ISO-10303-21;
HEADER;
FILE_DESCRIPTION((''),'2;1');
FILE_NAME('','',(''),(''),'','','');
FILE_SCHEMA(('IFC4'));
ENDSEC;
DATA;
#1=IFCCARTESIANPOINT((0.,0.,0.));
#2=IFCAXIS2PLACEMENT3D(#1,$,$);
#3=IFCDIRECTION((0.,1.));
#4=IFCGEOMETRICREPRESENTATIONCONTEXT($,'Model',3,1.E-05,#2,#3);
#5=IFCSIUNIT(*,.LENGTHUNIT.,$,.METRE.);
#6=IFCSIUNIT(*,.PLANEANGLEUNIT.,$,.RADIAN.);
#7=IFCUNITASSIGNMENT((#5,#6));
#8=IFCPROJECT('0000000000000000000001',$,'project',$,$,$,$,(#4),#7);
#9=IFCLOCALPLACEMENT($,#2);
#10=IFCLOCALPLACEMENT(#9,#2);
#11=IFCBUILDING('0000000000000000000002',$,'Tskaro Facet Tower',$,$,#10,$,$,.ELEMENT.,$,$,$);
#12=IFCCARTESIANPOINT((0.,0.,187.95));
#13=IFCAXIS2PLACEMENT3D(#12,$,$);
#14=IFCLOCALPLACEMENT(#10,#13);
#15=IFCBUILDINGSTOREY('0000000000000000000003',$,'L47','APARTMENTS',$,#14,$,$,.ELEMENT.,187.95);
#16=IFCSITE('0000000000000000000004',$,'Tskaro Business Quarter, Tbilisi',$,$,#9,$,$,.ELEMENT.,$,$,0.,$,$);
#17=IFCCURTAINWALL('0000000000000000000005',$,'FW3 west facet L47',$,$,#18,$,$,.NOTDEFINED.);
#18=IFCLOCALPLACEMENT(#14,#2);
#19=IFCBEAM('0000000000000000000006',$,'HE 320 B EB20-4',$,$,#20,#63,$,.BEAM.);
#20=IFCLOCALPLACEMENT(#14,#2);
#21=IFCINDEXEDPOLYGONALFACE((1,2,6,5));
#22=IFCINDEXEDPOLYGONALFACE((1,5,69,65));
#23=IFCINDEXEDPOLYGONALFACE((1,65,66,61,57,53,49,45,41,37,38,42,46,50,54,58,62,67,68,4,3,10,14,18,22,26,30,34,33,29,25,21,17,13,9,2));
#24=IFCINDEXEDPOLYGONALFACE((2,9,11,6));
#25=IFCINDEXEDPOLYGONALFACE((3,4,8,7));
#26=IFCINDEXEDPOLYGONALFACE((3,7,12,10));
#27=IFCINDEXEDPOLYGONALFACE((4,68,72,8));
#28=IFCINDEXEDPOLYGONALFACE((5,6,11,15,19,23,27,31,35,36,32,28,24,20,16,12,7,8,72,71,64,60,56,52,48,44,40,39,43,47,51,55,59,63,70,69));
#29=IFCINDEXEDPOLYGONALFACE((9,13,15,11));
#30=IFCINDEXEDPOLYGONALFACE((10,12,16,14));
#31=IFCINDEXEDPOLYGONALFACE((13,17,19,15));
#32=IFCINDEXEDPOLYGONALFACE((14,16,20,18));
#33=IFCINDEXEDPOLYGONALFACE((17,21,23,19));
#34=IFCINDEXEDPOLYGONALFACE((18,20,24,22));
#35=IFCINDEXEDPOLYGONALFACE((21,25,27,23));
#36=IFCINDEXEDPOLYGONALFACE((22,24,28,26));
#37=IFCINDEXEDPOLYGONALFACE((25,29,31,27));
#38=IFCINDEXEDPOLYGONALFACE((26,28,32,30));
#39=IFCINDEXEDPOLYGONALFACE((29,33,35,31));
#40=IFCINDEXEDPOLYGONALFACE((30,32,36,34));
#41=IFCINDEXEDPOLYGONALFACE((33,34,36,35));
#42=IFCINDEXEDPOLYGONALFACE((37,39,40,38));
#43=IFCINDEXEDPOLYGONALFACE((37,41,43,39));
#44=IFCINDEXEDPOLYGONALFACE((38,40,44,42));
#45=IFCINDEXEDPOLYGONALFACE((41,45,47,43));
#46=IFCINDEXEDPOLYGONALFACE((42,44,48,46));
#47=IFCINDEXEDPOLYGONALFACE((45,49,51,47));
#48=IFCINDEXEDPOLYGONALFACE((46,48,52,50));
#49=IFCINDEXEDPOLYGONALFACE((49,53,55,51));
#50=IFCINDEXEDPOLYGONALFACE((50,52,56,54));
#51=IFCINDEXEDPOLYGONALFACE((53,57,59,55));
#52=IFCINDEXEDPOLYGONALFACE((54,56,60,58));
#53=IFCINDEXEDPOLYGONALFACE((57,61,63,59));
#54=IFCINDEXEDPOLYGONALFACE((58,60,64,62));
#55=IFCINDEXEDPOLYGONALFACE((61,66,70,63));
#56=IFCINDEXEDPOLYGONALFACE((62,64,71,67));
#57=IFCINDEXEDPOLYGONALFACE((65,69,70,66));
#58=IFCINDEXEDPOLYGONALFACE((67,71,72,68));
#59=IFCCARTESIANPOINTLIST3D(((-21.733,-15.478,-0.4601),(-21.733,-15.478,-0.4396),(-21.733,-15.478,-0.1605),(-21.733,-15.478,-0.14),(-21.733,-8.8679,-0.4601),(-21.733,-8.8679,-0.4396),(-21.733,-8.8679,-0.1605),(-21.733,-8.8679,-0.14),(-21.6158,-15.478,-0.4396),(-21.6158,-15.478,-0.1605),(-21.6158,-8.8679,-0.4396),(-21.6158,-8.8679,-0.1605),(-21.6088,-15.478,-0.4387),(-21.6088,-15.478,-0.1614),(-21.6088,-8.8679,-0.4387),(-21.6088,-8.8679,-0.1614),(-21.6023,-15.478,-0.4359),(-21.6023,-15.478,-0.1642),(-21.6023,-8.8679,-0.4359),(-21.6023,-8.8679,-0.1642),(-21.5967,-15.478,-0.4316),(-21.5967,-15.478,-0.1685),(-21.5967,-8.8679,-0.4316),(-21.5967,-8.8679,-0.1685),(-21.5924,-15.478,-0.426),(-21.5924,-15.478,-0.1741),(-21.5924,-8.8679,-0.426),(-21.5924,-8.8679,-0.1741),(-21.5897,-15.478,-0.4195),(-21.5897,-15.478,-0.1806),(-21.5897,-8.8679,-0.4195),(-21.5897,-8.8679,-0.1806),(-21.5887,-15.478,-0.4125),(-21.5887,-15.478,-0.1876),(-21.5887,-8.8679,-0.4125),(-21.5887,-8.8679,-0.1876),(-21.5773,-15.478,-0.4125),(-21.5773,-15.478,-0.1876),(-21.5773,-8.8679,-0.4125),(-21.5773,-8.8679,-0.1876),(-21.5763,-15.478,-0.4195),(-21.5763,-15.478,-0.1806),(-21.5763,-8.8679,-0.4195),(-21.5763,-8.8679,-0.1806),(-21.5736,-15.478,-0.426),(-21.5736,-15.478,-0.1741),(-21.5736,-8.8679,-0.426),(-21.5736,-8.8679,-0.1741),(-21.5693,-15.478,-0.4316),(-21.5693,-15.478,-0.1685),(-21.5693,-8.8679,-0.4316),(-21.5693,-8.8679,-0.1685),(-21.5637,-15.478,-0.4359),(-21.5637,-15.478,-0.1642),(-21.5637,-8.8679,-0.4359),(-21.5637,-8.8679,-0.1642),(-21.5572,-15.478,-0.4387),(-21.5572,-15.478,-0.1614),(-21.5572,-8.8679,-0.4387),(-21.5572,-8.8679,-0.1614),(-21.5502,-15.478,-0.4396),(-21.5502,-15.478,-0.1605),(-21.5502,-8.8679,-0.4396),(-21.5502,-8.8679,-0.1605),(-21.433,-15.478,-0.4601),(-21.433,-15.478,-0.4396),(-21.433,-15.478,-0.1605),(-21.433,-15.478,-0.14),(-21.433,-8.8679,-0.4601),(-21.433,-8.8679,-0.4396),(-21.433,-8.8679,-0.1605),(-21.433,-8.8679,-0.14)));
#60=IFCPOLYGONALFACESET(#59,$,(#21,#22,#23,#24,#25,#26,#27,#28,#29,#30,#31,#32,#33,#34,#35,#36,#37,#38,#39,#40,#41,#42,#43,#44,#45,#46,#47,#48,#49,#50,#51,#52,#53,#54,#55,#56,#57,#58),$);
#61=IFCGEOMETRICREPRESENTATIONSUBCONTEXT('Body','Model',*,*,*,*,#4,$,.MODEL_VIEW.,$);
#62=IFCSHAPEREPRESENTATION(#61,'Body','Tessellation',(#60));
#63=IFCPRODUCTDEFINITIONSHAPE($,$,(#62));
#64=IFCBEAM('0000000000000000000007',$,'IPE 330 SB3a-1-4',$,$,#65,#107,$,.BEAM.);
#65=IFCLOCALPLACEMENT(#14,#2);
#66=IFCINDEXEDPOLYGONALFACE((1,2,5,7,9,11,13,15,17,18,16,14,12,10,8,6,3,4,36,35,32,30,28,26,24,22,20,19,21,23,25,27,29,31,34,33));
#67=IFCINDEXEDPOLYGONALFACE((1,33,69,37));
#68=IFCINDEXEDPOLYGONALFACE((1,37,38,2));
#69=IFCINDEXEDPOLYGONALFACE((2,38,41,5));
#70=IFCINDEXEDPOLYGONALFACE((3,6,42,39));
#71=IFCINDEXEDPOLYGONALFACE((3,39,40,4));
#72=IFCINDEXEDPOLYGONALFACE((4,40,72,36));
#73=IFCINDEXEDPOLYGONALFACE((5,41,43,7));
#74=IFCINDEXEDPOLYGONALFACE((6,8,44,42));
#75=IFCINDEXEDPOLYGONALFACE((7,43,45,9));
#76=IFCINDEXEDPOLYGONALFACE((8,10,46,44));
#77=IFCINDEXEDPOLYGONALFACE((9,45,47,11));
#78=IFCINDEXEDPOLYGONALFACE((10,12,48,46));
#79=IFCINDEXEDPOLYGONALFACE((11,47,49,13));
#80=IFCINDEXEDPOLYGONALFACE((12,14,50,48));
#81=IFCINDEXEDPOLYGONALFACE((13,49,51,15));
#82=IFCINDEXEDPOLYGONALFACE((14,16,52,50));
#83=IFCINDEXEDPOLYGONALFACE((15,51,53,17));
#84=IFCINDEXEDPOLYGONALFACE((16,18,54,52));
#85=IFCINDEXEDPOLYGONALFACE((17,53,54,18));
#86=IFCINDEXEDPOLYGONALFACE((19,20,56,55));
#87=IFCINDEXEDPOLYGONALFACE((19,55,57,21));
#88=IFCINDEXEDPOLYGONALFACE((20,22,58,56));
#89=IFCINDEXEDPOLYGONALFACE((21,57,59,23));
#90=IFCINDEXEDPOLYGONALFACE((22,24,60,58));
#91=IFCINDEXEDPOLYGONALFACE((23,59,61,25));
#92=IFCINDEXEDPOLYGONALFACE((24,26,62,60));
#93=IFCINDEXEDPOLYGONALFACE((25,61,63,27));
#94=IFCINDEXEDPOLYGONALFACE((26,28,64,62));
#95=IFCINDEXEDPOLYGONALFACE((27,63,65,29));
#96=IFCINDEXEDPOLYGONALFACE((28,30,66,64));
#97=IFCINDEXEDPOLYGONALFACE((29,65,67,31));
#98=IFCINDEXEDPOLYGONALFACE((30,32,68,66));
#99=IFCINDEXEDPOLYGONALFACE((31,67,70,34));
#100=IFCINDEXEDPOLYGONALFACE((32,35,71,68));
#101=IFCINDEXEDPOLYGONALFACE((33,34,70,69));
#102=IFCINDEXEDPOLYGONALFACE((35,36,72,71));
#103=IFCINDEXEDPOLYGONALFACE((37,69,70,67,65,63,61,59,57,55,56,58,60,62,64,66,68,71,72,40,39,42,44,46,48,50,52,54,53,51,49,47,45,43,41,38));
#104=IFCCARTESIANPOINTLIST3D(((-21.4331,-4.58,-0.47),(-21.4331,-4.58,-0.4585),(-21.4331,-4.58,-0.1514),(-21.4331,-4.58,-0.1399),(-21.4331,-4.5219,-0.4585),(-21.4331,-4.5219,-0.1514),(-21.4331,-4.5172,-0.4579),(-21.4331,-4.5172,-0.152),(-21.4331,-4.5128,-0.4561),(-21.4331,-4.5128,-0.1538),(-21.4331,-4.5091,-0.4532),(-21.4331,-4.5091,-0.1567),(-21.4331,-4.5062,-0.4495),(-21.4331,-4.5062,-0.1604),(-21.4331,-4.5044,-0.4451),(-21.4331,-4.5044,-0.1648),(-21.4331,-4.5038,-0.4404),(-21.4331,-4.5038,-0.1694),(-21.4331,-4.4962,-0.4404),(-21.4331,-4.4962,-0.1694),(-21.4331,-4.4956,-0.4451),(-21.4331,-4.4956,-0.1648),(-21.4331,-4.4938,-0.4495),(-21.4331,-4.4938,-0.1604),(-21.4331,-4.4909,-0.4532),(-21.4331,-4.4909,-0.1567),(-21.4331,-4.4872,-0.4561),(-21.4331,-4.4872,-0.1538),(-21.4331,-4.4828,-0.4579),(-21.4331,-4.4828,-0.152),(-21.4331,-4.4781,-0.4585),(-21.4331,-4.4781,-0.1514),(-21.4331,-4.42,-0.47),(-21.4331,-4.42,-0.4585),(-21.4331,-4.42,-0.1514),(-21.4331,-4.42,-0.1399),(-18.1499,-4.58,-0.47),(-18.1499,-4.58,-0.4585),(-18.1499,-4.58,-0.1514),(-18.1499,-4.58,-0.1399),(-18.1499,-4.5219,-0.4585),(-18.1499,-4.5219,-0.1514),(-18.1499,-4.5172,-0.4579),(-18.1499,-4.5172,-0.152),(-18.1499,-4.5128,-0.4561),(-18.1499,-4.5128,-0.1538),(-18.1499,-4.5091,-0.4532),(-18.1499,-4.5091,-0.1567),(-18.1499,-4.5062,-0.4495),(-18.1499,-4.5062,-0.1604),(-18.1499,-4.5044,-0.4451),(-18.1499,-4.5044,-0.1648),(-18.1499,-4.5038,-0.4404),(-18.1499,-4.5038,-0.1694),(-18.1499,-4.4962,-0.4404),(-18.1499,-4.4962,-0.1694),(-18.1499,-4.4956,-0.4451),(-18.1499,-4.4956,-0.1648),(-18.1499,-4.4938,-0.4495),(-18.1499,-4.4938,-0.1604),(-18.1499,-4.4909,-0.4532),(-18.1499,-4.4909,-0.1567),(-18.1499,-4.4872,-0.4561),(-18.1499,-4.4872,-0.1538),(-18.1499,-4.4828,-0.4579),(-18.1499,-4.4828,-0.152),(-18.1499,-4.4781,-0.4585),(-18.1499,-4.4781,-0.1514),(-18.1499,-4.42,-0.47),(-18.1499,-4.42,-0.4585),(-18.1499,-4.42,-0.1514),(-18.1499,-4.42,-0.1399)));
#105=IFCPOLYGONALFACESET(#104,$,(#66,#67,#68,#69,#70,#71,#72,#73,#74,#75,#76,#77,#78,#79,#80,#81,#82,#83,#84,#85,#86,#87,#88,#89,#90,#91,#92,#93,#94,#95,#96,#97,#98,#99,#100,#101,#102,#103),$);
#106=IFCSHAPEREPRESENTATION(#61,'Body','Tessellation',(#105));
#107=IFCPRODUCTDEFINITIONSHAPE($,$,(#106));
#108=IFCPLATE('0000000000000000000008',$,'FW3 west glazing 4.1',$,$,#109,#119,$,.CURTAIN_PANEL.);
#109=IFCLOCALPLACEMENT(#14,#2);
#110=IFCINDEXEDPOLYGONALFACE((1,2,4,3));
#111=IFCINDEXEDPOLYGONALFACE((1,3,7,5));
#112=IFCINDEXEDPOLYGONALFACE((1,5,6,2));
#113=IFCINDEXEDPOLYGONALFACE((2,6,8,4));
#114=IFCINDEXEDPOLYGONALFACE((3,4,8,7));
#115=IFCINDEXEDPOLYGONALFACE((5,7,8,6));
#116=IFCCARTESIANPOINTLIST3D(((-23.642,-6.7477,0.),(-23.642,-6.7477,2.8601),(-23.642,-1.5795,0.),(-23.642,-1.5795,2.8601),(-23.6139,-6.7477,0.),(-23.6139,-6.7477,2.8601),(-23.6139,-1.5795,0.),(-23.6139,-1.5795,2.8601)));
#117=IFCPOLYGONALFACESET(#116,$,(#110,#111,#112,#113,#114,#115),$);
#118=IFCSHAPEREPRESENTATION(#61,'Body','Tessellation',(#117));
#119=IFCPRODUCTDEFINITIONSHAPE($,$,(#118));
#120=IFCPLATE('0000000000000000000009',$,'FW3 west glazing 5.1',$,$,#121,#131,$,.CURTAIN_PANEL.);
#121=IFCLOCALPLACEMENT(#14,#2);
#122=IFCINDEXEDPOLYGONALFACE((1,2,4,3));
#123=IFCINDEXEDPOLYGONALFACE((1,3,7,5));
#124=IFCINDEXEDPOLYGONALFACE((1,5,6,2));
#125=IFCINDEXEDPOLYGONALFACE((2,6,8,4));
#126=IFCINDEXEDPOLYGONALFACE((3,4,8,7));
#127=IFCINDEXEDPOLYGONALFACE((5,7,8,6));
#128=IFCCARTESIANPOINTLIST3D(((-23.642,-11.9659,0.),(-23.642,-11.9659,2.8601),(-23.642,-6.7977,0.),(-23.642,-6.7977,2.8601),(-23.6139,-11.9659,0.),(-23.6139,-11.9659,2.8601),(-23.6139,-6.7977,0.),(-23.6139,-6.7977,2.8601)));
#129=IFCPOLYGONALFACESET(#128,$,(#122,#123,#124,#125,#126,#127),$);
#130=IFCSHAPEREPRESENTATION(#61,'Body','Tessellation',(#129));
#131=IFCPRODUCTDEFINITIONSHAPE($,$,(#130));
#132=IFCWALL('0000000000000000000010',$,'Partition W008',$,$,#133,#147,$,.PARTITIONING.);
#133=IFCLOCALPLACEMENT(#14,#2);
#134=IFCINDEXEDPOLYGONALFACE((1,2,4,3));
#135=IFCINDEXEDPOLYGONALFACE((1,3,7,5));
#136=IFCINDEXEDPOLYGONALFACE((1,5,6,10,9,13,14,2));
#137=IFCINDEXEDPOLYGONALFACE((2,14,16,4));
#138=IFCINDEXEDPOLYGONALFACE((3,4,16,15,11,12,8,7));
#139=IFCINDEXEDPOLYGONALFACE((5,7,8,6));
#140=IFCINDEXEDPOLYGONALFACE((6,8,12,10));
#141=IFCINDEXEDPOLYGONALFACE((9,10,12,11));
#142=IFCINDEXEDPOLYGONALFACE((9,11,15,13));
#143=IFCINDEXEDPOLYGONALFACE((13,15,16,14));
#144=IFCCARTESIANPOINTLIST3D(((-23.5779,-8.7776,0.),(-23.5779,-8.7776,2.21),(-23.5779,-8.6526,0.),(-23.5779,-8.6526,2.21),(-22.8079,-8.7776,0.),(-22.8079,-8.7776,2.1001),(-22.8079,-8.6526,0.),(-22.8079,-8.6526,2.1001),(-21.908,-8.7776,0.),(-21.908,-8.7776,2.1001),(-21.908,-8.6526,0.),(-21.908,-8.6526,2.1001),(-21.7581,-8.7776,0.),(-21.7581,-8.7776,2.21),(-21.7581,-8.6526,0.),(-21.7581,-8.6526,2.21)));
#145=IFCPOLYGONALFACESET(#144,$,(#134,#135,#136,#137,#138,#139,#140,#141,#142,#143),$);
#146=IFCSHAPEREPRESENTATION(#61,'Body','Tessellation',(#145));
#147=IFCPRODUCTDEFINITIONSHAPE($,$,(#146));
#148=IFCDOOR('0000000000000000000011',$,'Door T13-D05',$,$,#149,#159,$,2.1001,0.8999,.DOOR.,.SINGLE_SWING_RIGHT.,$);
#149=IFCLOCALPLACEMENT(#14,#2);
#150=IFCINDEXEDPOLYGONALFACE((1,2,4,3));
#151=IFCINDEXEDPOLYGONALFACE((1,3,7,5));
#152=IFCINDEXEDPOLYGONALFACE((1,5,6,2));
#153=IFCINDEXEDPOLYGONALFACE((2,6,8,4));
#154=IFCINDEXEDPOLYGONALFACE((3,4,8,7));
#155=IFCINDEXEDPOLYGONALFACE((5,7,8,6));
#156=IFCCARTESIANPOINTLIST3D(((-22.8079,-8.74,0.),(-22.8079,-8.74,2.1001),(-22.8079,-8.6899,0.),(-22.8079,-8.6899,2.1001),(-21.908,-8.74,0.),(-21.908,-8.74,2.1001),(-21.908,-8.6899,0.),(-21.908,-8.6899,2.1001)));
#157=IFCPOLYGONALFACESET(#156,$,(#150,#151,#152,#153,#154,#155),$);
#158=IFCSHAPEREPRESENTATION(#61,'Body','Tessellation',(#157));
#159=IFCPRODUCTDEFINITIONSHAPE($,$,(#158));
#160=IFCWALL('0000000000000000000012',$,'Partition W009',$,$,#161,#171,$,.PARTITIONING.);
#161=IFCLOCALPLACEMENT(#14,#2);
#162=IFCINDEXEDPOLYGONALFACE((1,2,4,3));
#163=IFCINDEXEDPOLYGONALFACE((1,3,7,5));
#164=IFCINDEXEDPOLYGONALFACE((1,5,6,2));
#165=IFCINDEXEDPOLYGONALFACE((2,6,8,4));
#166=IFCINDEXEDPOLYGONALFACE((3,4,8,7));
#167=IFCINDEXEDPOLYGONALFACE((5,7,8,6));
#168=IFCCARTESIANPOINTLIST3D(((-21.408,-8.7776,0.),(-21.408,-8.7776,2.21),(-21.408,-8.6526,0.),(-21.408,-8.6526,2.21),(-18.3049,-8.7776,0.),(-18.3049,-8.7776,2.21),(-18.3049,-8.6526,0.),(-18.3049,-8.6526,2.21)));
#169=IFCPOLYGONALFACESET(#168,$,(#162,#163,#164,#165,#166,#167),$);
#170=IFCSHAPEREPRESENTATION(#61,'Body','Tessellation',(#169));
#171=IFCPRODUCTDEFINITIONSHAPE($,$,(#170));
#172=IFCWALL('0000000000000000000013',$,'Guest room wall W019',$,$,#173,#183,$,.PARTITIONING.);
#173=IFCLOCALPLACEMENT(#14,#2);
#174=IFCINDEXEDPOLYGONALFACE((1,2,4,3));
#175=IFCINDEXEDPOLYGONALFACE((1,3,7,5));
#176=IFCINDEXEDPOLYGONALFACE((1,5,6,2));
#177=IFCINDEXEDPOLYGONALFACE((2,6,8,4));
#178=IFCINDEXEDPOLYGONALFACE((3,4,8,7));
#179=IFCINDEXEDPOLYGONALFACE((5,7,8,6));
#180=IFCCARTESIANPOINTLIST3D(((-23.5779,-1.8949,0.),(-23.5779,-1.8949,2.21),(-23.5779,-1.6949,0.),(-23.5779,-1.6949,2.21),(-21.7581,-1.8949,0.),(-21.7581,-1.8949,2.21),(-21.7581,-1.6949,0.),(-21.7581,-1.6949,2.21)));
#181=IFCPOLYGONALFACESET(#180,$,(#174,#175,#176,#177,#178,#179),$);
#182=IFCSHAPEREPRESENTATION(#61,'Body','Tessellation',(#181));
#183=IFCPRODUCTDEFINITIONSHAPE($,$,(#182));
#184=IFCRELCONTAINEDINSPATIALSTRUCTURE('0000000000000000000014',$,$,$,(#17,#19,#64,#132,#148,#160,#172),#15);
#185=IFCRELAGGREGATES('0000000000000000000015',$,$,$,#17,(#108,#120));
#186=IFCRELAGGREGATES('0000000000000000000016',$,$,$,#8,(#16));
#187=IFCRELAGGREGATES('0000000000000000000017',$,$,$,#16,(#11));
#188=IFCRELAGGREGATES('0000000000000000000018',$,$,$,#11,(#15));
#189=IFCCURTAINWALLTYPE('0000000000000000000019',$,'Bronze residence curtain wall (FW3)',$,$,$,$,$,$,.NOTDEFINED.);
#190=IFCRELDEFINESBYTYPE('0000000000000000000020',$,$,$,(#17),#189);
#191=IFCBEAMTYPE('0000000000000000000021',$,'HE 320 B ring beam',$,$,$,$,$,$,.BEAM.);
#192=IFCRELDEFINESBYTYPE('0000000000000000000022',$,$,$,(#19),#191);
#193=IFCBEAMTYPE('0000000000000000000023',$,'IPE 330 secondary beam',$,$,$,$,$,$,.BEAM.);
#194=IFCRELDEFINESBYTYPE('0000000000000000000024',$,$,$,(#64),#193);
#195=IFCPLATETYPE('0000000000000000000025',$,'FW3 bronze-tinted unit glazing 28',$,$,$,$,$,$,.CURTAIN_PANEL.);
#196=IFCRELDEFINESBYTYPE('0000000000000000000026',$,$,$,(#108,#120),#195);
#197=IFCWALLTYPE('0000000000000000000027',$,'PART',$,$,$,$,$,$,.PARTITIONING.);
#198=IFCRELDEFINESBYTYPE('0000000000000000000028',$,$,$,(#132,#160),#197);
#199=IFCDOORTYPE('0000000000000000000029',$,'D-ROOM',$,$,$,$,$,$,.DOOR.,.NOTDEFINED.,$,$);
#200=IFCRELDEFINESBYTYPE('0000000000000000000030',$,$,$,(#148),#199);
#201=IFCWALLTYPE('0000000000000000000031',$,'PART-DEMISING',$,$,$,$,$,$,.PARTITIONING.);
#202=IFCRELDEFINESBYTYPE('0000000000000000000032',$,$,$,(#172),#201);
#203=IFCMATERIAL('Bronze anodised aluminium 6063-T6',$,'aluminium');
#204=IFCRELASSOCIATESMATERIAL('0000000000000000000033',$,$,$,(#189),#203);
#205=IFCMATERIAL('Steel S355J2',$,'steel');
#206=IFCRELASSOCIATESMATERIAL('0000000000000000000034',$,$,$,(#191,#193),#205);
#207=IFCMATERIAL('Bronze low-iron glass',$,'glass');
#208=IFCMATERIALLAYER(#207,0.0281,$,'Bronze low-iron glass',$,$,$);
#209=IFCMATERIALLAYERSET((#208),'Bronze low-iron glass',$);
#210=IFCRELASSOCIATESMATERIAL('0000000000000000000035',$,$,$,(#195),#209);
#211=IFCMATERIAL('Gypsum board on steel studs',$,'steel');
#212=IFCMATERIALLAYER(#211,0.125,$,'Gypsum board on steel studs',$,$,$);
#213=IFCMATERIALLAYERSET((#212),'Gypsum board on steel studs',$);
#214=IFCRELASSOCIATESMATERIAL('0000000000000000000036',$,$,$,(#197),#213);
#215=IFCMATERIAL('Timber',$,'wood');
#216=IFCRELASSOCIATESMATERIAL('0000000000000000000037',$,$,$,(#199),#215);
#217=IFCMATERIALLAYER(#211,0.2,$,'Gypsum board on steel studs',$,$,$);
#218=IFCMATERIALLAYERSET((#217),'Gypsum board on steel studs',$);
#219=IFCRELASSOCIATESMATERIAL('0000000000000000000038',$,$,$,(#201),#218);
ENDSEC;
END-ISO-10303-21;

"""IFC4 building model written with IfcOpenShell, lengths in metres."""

from ifc_helpers import new_model, si_unit, direction, frame, frame_2d, origin, origin_2d, place, context, subcontext, project, spatial, rectangle, i_section, extrude, material, layer, layer_set, material_profile, profile_set, type_object, element, fill, aggregate, save


model = new_model("IFC4")

# Units and contexts
model_context = context("Model", 3, precision=1e-05, world=origin(), true_north=direction((0.0, 1.0)))
body_context = subcontext(model_context, "Body", "Model", "MODEL_VIEW")
ifc_project = project(units=[si_unit("LENGTHUNIT", "METRE"), si_unit("PLANEANGLEUNIT", "RADIAN")], contexts=[model_context])

# Site, building, storey
site_placement = place(None, origin())
site = spatial("IfcSite", under=ifc_project, at=site_placement, Name="Tskaro Business Quarter, Tbilisi", CompositionType="ELEMENT", RefElevation=0.0)
building_placement = place(site_placement, origin())
building = spatial("IfcBuilding", under=site, at=building_placement, Name="Tskaro Facet Tower", CompositionType="ELEMENT")
storey_placement = place(building_placement, frame((0.0, 0.0, 187.95)))
storey = spatial("IfcBuildingStorey", under=building, at=storey_placement, Name="L47", Description="APARTMENTS", CompositionType="ELEMENT", Elevation=187.95)

# Curtain wall
ifc_material_1 = material(Name="Bronze anodised aluminium 6063-T6", Category="aluminium")
curtain_wall_type = type_object("IfcCurtainWallType", Name="Bronze residence curtain wall (FW3)", PredefinedType="NOTDEFINED", material=ifc_material_1)
curtain_wall_placement = place(storey_placement, origin())
curtain_wall = element("IfcCurtainWall", 1, at=curtain_wall_placement, inside=storey, type_object=curtain_wall_type, Name="FW3 west facet L47", PredefinedType="NOTDEFINED")

# Beams
ifc_material_2 = material(Name="Steel S355J2", Category="steel")
ifc_material_profile_1 = material_profile(ifc_material_2, i_section(OverallWidth=0.3, OverallDepth=0.3201, WebThickness=0.0115, FlangeThickness=0.0205, FilletRadius=0.0271, at=origin_2d()), Name="HE 320 B")
ifc_profile_set_1 = profile_set([ifc_material_profile_1], Name="Steel S355J2")
beam_type_1 = type_object("IfcBeamType", Name="HE 320 B ring beam", PredefinedType="BEAM", material=ifc_profile_set_1)
for number, where, z_axis, x_axis, name in (
    (2, (-21.583, -8.8679, -0.3), (0.0, -1.0, 0.0), (1.0, 0.0, 0.0), "HE 320 B EB20-4"),
):
    element("IfcBeam", number, at=place(storey_placement, frame(where, z_axis=z_axis, x_axis=x_axis)), inside=storey, type_object=beam_type_1, Name=name, PredefinedType="BEAM", context=body_context, shape_type="SweptSolid", body=[
        extrude(i_section(OverallWidth=0.3, OverallDepth=0.3201, WebThickness=0.0115, FlangeThickness=0.0205, FilletRadius=0.0271, at=origin_2d()), origin(), (0.0, 0.0, 1.0), 6.6101),
    ])
ifc_material_profile_2 = material_profile(ifc_material_2, i_section(OverallWidth=0.1599, OverallDepth=0.3301, WebThickness=0.0076, FlangeThickness=0.0115, FilletRadius=0.0181, at=origin_2d()), Name="IPE 330")
ifc_profile_set_2 = profile_set([ifc_material_profile_2], Name="Steel S355J2")
beam_type_2 = type_object("IfcBeamType", Name="IPE 330 secondary beam", PredefinedType="BEAM", material=ifc_profile_set_2)
beam_placement = place(storey_placement, frame((-21.4331, -4.5, -0.3049), z_axis=(1.0, 0.0, 0.0), x_axis=(0.0, 1.0, 0.0)))
element("IfcBeam", 3, at=beam_placement, inside=storey, type_object=beam_type_2, Name="IPE 330 SB3a-1-4", PredefinedType="BEAM", context=body_context, shape_type="SweptSolid", body=[
    extrude(i_section(OverallWidth=0.1599, OverallDepth=0.3301, WebThickness=0.0076, FlangeThickness=0.0115, FilletRadius=0.0181, at=origin_2d()), origin(), (0.0, 0.0, 1.0), 3.2832),
])

# Plates
ifc_material_3 = material(Name="Bronze low-iron glass", Category="glass")
ifc_layer_1 = layer(ifc_material_3, 0.0281, Name="Bronze low-iron glass")
ifc_layer_set_1 = layer_set([ifc_layer_1], Name="Bronze low-iron glass")
plate_type = type_object("IfcPlateType", Name="FW3 bronze-tinted unit glazing 28", PredefinedType="CURTAIN_PANEL", material=ifc_layer_set_1)
plate_1_placement = place(storey_placement, frame((-23.6279, -4.1636, 0.0), z_axis=(0.0, 0.0, 1.0), x_axis=(0.0, -1.0, 0.0)))
plate_1 = element("IfcPlate", 4, at=plate_1_placement, type_object=plate_type, Name="FW3 west glazing 4.1", PredefinedType="CURTAIN_PANEL", context=body_context, shape_type="SweptSolid", body=[
    extrude(rectangle(XDim=5.1682, YDim=0.0281, at=origin_2d()), origin(), (0.0, 0.0, 1.0), 2.8601),
])
plate_2_placement = place(storey_placement, frame((-23.6279, -9.3818, 0.0), z_axis=(0.0, 0.0, 1.0), x_axis=(0.0, -1.0, 0.0)))
plate_2 = element("IfcPlate", 5, at=plate_2_placement, type_object=plate_type, Name="FW3 west glazing 5.1", PredefinedType="CURTAIN_PANEL", context=body_context, shape_type="SweptSolid", body=[
    extrude(rectangle(XDim=5.1682, YDim=0.0281, at=origin_2d()), origin(), (0.0, 0.0, 1.0), 2.8601),
])
aggregate(curtain_wall, [plate_1, plate_2])

# Wall, opening, door
ifc_material_4 = material(Name="Gypsum board on steel studs", Category="steel")
ifc_layer_2 = layer(ifc_material_4, 0.125, Name="Gypsum board on steel studs")
ifc_layer_set_2 = layer_set([ifc_layer_2], Name="Gypsum board on steel studs")
wall_type_1 = type_object("IfcWallType", Name="PART", PredefinedType="PARTITIONING", material=ifc_layer_set_2)
wall_1_placement = place(storey_placement, frame((-21.7581, -8.7151, 0.0), z_axis=(0.0, 0.0, 1.0), x_axis=(-1.0, 0.0, 0.0)))
wall_1 = element("IfcWall", 6, at=wall_1_placement, inside=storey, type_object=wall_type_1, Name="Partition W008", PredefinedType="PARTITIONING", context=body_context, shape_type="SweptSolid", body=[
    extrude(rectangle(XDim=1.8198, YDim=0.125, at=frame_2d((0.9099, 0.0))), origin(), (0.0, 0.0, 1.0), 2.21),
])
opening_placement = place(wall_1_placement, frame((0.1499, 0.0, 0.0)))
opening = element("IfcOpeningElement", 7, at=opening_placement, cuts=wall_1, PredefinedType="OPENING", context=body_context, shape_type="SweptSolid", body=[
    extrude(rectangle(XDim=0.8999, YDim=2.1001, at=frame_2d((0.45, 1.05))), frame((0.0, 0.0725, 0.0), z_axis=(0.0, -1.0, 0.0), x_axis=(1.0, 0.0, 0.0)), (0.0, 0.0, 1.0), 0.145),
])
ifc_material_5 = material(Name="Timber", Category="wood")
door_type = type_object("IfcDoorType", Name="D-ROOM", OperationType="NOTDEFINED", PredefinedType="DOOR", material=ifc_material_5)
door_placement = place(opening_placement, origin())
door = element("IfcDoor", 8, at=door_placement, inside=storey, type_object=door_type, Name="Door T13-D05", OperationType="SINGLE_SWING_RIGHT", OverallHeight=2.1001, OverallWidth=0.8999, PredefinedType="DOOR", context=body_context, shape_type="SweptSolid", body=[
    extrude(rectangle(XDim=0.8999, YDim=2.1001, at=frame_2d((0.45, 1.05))), frame((0.0, 0.0249, 0.0), z_axis=(0.0, -1.0, 0.0), x_axis=(1.0, 0.0, 0.0)), (0.0, 0.0, 1.0), 0.05),
])
fill(opening, door)

# Walls
wall_2_placement = place(storey_placement, frame((-21.408, -8.7151, 0.0), z_axis=(0.0, 0.0, 1.0), x_axis=(1.0, 0.0, 0.0)))
element("IfcWall", 9, at=wall_2_placement, inside=storey, type_object=wall_type_1, Name="Partition W009", PredefinedType="PARTITIONING", context=body_context, shape_type="SweptSolid", body=[
    extrude(rectangle(XDim=3.103, YDim=0.125, at=frame_2d((1.5515, 0.0))), origin(), (0.0, 0.0, 1.0), 2.21),
])
ifc_layer_3 = layer(ifc_material_4, 0.2, Name="Gypsum board on steel studs")
ifc_layer_set_3 = layer_set([ifc_layer_3], Name="Gypsum board on steel studs")
wall_type_2 = type_object("IfcWallType", Name="PART-DEMISING", PredefinedType="PARTITIONING", material=ifc_layer_set_3)
wall_3_placement = place(storey_placement, frame((-23.5779, -1.7949, 0.0), z_axis=(0.0, 0.0, 1.0), x_axis=(1.0, 0.0, 0.0)))
element("IfcWall", 10, at=wall_3_placement, inside=storey, type_object=wall_type_2, Name="Guest room wall W019", PredefinedType="PARTITIONING", context=body_context, shape_type="SweptSolid", body=[
    extrude(rectangle(XDim=1.8198, YDim=0.2, at=frame_2d((0.9099, 0.0))), origin(), (0.0, 0.0, 1.0), 2.21),
])

save(model, "model.ifc")
